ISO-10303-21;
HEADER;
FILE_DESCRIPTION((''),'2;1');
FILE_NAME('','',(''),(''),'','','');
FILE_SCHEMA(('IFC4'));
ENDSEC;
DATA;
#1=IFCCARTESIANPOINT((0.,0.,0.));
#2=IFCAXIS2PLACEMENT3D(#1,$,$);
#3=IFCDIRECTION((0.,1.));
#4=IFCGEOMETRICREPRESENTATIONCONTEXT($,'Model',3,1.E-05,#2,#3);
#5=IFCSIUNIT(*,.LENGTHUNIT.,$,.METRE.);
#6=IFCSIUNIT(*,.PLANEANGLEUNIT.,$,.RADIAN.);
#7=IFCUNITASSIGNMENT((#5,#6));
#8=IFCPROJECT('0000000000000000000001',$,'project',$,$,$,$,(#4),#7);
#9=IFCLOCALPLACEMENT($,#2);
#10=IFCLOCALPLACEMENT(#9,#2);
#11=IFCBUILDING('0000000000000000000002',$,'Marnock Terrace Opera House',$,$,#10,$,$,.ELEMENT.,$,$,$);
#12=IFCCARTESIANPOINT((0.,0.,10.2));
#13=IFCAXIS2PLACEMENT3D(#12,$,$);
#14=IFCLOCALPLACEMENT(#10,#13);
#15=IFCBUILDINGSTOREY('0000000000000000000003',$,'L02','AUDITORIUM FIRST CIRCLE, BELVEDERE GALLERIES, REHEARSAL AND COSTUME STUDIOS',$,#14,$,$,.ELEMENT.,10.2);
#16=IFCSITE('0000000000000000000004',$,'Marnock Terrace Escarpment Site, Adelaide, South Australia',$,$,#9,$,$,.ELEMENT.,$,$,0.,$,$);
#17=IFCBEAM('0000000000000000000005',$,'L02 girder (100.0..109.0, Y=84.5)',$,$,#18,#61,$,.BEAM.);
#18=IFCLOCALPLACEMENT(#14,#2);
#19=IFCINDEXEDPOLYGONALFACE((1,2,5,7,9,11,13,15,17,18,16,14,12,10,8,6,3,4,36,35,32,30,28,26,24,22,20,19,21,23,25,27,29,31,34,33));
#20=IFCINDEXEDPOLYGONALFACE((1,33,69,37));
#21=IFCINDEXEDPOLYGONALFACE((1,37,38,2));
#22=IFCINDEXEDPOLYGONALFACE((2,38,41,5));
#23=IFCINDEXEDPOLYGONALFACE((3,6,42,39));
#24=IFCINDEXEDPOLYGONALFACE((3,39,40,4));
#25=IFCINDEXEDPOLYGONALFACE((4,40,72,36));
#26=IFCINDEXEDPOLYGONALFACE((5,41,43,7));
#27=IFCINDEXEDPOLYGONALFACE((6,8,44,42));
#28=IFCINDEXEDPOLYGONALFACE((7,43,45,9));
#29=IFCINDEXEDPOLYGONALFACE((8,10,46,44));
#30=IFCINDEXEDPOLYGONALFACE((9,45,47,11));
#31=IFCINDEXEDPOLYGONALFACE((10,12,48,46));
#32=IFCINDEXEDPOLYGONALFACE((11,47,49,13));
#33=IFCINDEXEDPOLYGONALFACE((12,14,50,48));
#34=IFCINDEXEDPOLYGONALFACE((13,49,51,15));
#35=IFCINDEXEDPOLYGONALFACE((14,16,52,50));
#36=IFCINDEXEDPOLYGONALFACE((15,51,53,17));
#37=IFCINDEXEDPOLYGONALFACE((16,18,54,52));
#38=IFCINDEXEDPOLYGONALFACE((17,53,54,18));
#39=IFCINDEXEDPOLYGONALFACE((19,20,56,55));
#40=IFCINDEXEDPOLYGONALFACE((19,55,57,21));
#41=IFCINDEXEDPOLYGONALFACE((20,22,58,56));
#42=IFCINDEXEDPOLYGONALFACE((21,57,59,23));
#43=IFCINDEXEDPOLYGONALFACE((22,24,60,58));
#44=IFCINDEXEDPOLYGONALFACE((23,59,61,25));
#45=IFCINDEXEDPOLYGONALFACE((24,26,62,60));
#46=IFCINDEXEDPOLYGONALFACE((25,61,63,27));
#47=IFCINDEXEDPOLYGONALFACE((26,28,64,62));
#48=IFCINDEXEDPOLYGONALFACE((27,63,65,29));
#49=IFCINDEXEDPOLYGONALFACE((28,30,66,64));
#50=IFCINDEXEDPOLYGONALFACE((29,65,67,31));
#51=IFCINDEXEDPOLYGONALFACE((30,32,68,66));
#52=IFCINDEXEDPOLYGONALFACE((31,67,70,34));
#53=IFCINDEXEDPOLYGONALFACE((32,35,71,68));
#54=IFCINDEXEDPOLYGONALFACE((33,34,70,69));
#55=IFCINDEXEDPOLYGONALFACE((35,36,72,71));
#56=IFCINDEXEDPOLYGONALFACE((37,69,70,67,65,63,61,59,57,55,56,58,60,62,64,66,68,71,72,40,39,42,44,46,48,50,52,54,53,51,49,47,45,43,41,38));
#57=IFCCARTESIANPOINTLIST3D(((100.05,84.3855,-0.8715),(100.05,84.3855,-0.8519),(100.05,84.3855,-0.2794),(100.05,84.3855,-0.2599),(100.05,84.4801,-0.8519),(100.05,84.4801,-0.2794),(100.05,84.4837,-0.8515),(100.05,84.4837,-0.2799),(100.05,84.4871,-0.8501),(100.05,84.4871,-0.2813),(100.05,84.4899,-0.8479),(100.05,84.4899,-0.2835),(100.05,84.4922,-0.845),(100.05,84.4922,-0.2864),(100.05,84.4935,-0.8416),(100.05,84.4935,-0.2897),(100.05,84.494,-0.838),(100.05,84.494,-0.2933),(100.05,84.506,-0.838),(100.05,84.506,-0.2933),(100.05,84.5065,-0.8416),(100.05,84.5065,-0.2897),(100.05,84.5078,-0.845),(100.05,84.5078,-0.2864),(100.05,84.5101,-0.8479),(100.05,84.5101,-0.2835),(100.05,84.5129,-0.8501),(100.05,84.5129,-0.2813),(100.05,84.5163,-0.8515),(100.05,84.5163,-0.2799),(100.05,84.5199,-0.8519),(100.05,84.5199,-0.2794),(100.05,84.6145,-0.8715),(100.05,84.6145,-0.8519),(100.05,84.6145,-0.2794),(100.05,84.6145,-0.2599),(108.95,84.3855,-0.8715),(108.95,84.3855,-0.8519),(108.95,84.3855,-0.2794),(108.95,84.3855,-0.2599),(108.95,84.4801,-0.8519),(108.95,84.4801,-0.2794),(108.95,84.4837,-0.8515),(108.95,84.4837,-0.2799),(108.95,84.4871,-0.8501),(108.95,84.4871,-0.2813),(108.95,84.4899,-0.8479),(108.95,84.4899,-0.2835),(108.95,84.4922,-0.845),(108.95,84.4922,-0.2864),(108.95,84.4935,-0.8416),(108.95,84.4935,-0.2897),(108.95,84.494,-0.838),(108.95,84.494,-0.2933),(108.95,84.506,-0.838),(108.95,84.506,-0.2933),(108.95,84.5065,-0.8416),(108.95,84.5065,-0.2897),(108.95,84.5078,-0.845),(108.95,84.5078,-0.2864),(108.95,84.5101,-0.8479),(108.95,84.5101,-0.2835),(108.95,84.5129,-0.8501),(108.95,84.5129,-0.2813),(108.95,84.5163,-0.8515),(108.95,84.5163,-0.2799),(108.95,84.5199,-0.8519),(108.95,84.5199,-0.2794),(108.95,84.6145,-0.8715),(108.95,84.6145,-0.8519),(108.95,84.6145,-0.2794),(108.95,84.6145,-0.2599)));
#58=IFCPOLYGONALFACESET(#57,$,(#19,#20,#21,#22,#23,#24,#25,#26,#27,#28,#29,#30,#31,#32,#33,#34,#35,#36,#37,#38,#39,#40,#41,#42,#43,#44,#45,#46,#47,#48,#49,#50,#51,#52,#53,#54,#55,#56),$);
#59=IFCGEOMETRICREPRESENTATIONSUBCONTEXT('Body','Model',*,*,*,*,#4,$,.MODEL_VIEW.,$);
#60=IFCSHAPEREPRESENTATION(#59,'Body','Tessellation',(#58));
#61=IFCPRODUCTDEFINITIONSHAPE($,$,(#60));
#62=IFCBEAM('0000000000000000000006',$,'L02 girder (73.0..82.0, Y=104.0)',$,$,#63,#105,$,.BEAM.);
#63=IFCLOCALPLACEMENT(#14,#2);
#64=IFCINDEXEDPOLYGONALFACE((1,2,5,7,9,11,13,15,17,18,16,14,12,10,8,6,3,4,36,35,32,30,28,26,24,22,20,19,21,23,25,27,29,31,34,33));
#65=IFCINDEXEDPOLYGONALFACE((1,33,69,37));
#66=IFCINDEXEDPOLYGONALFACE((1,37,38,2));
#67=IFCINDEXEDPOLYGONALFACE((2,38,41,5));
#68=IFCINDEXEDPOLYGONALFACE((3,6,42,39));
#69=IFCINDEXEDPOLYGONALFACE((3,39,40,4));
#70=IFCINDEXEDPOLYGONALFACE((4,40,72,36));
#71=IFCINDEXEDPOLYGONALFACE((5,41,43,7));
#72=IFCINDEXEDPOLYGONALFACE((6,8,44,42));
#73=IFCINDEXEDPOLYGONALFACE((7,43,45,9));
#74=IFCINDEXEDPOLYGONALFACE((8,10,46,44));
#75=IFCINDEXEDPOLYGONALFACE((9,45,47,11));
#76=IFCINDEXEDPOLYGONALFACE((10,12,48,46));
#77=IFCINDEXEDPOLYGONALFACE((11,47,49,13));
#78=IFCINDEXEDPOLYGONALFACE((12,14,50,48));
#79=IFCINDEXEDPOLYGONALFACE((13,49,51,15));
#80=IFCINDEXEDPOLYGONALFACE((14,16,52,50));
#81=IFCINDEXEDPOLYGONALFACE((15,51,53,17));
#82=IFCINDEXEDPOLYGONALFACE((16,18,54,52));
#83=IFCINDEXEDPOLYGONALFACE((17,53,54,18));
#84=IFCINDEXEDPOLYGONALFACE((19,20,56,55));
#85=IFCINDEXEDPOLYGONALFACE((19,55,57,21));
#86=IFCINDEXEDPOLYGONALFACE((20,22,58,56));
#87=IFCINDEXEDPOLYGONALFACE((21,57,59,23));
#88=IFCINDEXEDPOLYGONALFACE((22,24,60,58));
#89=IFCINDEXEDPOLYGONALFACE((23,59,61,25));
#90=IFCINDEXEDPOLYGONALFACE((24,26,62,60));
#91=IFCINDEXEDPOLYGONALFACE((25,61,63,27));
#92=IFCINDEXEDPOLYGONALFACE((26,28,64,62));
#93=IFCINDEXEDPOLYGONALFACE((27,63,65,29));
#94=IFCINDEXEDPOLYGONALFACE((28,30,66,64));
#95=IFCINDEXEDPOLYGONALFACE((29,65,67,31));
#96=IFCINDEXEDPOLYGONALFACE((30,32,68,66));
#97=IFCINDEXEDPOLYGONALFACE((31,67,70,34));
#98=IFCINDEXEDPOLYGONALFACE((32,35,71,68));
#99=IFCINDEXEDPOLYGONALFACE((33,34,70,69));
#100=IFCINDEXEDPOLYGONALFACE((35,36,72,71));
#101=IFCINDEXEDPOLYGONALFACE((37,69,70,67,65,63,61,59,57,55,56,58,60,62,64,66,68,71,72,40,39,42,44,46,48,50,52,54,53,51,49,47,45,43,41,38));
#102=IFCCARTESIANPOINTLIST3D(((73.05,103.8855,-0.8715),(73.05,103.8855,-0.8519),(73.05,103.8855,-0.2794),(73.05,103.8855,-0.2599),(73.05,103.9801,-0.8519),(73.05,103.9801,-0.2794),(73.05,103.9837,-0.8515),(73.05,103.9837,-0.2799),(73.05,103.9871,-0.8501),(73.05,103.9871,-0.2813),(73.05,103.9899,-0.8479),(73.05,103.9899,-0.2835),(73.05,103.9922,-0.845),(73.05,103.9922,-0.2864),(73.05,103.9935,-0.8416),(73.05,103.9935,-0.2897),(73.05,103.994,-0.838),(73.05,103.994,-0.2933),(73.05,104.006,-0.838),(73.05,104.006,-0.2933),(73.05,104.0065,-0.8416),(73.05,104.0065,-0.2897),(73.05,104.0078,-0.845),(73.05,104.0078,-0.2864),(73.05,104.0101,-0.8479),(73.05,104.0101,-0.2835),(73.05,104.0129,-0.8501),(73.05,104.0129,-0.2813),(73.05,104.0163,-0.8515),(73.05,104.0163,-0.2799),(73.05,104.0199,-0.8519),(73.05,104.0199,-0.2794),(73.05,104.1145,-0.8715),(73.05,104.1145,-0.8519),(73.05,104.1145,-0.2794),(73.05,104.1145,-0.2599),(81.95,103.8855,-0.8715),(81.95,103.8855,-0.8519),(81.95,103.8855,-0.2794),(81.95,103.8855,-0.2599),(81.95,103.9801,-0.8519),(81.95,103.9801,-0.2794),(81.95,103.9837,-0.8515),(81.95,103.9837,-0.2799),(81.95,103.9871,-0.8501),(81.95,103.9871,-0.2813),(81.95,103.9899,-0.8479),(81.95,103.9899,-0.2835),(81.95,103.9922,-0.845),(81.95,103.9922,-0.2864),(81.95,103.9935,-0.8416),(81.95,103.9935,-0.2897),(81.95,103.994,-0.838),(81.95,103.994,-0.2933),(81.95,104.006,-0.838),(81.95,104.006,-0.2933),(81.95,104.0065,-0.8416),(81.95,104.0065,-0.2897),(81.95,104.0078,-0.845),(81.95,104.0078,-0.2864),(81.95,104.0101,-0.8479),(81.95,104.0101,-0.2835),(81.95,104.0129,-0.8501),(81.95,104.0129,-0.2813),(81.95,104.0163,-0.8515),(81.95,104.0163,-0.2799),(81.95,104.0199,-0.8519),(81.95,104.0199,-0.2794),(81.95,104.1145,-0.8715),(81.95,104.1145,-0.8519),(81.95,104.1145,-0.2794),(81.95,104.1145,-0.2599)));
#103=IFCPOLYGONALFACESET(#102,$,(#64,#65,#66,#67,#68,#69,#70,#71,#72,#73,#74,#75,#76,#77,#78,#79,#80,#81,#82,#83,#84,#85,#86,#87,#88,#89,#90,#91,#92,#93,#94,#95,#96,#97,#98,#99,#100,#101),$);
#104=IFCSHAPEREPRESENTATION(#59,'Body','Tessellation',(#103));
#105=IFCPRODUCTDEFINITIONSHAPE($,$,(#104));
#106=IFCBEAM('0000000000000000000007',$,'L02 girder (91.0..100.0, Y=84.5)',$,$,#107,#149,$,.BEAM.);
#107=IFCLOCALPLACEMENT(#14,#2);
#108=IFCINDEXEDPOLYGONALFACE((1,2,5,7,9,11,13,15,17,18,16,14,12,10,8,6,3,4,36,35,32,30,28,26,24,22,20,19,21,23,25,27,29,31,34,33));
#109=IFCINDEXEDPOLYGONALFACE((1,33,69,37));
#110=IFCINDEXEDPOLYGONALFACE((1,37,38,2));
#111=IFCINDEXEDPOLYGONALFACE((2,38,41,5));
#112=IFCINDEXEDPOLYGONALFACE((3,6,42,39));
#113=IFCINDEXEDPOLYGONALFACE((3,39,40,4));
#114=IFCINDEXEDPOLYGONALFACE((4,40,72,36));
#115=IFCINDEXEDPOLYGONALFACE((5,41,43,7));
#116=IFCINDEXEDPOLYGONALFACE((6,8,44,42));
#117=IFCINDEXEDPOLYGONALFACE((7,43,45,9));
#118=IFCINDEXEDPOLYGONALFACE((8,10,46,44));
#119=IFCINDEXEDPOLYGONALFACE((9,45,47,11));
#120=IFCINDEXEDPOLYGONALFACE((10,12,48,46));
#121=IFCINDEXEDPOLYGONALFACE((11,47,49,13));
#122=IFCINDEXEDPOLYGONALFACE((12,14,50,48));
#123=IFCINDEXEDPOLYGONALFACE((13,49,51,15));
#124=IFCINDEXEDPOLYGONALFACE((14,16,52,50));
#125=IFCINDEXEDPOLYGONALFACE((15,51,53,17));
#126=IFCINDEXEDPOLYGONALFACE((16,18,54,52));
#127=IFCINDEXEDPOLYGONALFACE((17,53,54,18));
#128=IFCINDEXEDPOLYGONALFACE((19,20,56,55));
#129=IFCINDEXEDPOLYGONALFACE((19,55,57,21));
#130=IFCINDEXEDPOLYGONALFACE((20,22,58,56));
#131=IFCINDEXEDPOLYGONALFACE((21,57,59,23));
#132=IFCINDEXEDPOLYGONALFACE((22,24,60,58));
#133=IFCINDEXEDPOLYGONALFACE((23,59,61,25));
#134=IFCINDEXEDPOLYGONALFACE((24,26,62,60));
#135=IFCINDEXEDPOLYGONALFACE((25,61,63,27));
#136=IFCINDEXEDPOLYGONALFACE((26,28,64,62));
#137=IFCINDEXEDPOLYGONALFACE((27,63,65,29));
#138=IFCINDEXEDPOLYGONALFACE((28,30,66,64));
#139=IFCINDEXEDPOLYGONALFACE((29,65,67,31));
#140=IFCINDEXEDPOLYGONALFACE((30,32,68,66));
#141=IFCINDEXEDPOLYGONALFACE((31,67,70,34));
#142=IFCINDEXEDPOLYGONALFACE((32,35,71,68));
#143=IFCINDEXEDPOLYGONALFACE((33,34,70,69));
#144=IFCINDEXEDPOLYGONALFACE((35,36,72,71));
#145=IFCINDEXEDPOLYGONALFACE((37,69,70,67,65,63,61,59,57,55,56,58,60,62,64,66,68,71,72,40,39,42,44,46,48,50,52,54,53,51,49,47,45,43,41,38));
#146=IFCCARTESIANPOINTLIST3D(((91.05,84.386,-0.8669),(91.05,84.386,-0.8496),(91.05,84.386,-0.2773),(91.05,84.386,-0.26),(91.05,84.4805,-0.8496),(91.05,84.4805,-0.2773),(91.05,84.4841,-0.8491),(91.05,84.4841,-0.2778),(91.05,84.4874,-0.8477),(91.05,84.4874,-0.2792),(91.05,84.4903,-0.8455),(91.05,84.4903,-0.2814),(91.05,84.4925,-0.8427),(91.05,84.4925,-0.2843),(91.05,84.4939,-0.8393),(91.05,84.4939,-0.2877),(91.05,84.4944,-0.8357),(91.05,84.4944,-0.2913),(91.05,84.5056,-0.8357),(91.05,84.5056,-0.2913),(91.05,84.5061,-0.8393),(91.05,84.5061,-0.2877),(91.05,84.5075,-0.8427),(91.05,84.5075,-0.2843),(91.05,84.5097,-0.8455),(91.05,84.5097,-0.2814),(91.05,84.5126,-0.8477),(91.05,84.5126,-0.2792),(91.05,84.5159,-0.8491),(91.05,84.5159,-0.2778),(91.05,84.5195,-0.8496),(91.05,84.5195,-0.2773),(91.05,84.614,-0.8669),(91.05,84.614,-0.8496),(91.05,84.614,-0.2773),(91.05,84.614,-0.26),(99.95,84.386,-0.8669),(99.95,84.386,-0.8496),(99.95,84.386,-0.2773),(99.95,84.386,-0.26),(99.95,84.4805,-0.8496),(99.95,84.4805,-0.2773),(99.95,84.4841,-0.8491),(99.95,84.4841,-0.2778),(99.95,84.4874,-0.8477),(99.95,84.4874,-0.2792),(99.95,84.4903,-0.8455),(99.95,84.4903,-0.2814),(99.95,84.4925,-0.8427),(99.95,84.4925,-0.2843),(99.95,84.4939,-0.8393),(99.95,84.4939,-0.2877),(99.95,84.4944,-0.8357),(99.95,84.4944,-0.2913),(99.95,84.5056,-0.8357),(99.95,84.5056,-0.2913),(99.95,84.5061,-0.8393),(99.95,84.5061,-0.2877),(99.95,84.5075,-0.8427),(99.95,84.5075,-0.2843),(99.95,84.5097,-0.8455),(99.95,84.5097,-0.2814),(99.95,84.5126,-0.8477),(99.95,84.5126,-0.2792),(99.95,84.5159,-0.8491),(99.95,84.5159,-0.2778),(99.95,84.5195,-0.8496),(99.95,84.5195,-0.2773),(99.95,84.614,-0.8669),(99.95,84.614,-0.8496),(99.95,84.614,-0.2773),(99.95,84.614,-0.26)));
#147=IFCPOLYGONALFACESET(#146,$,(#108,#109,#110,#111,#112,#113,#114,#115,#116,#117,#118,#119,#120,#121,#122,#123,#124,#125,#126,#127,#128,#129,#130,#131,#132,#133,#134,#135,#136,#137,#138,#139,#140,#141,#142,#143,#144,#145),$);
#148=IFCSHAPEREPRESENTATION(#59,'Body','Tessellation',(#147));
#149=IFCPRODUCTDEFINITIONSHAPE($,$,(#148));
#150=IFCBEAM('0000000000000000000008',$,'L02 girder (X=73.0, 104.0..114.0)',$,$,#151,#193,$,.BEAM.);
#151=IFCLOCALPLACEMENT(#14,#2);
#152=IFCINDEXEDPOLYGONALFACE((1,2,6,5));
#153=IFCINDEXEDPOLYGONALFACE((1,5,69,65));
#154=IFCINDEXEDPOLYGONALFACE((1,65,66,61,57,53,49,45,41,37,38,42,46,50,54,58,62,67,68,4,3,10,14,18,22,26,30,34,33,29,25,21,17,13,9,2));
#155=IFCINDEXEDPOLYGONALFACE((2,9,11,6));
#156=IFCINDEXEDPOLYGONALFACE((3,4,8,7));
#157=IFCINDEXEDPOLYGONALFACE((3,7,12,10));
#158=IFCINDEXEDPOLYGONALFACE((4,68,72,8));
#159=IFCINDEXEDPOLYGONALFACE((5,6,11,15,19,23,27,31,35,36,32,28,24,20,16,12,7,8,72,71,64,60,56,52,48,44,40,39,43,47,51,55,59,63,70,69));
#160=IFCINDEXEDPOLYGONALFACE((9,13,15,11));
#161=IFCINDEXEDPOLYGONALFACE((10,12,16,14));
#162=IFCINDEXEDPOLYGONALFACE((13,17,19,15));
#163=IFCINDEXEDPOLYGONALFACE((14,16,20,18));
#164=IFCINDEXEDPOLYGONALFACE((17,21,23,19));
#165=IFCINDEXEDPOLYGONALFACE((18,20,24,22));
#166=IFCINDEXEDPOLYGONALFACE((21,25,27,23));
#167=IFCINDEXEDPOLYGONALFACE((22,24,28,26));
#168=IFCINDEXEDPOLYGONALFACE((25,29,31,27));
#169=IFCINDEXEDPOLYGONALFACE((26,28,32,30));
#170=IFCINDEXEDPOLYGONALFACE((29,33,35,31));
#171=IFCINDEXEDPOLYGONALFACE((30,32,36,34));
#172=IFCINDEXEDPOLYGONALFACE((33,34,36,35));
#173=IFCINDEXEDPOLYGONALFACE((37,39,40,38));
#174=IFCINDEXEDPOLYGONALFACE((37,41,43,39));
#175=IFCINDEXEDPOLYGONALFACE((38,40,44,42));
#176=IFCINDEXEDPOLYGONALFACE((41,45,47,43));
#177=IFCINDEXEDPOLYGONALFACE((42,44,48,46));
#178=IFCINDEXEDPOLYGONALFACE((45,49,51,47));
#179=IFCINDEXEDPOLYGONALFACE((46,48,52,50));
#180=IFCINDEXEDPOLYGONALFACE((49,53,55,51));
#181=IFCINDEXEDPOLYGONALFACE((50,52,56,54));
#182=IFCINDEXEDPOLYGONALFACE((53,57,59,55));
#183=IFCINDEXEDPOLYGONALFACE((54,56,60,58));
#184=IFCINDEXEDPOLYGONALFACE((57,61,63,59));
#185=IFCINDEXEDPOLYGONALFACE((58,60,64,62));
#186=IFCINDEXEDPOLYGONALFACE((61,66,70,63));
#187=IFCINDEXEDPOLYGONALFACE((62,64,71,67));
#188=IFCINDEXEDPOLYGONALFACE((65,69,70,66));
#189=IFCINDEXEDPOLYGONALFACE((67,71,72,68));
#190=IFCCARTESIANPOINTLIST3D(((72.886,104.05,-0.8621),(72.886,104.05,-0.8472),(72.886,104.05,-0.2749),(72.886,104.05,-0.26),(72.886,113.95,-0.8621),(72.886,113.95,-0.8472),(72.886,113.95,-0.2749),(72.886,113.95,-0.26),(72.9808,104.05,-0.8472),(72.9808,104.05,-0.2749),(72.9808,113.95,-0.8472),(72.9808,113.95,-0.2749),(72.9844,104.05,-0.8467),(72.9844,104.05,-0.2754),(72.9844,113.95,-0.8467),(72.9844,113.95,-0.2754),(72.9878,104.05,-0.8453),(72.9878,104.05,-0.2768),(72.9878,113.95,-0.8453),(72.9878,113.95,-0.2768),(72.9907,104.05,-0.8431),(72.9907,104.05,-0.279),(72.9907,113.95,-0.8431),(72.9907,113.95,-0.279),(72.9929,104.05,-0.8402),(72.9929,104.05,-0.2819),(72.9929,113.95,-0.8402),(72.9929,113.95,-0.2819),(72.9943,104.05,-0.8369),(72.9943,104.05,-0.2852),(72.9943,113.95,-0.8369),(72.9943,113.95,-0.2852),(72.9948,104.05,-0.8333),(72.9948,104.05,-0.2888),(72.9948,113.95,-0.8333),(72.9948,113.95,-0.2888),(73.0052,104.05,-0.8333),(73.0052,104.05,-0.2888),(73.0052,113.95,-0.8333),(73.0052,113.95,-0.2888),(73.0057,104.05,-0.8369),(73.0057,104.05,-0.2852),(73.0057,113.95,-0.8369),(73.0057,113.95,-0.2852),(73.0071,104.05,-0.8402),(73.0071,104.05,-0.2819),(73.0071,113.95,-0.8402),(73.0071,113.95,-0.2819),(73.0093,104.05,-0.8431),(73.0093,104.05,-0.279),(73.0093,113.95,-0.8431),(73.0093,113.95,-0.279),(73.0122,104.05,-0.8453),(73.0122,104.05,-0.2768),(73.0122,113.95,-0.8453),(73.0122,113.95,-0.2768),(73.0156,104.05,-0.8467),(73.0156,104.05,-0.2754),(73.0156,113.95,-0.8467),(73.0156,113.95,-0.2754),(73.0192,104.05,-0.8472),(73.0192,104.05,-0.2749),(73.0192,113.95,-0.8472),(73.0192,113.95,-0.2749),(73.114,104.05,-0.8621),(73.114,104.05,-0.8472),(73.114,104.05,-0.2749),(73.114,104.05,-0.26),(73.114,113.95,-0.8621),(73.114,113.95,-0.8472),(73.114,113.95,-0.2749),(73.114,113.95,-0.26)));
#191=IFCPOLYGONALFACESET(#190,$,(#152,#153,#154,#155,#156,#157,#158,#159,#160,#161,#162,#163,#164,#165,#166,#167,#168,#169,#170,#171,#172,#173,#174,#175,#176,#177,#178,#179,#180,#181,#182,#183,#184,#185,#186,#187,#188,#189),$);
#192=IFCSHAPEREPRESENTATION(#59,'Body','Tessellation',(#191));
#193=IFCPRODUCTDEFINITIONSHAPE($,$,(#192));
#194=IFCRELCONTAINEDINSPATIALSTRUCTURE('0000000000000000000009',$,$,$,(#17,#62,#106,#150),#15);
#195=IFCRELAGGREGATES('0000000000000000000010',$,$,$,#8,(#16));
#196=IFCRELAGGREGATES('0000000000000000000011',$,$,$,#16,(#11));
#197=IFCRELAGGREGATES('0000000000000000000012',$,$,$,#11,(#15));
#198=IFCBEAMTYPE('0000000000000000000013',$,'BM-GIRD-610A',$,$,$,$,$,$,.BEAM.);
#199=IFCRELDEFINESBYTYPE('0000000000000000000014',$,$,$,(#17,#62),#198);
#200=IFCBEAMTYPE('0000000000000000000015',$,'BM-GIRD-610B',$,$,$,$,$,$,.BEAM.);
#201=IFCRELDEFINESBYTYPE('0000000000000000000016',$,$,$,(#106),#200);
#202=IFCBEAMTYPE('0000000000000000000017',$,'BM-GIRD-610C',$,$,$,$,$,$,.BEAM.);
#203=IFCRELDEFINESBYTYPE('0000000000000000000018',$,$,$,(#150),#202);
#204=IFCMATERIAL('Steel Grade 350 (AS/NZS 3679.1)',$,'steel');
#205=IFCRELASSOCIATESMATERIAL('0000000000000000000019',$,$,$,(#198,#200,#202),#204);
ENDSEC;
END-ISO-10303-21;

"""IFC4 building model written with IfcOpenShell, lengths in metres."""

from ifc_helpers import new_model, si_unit, direction, frame, origin, origin_2d, place, context, subcontext, project, spatial, i_section, extrude, material, material_profile, profile_set, type_object, element, save


model = new_model("IFC4")

# Units and contexts
model_context = context("Model", 3, precision=1e-05, world=origin(), true_north=direction((0.0, 1.0)))
body_context = subcontext(model_context, "Body", "Model", "MODEL_VIEW")
ifc_project = project(units=[si_unit("LENGTHUNIT", "METRE"), si_unit("PLANEANGLEUNIT", "RADIAN")], contexts=[model_context])

# Site, building, storey
site_placement = place(None, origin())
site = spatial("IfcSite", under=ifc_project, at=site_placement, Name="Marnock Terrace Escarpment Site, Adelaide, South Australia", CompositionType="ELEMENT", RefElevation=0.0)
building_placement = place(site_placement, origin())
building = spatial("IfcBuilding", under=site, at=building_placement, Name="Marnock Terrace Opera House", CompositionType="ELEMENT")
storey_placement = place(building_placement, frame((0.0, 0.0, 10.2)))
storey = spatial("IfcBuildingStorey", under=building, at=storey_placement, Name="L02", Description="AUDITORIUM FIRST CIRCLE, BELVEDERE GALLERIES, REHEARSAL AND COSTUME STUDIOS", CompositionType="ELEMENT", Elevation=10.2)

# Beams
ifc_material_1 = material(Name="Steel Grade 350 (AS/NZS 3679.1)", Category="steel")
ifc_material_profile_1 = material_profile(ifc_material_1, i_section(OverallWidth=0.229, OverallDepth=0.6116, WebThickness=0.012, FlangeThickness=0.0195, FilletRadius=0.0139, at=origin_2d()))
ifc_profile_set_1 = profile_set([ifc_material_profile_1], Name="Steel Grade 350 (AS/NZS 3679.1)")
beam_type_1 = type_object("IfcBeamType", Name="BM-GIRD-610A", PredefinedType="BEAM", material=ifc_profile_set_1)
for number, where, z_axis, x_axis, name in (
    (1, (100.05, 84.5, -0.5657), (1.0, 0.0, 0.0), (0.0, 1.0, 0.0), "L02 girder (100.0..109.0, Y=84.5)"),
    (2, (73.05, 104.0, -0.5657), (1.0, 0.0, 0.0), (0.0, 1.0, 0.0), "L02 girder (73.0..82.0, Y=104.0)"),
):
    element("IfcBeam", number, at=place(storey_placement, frame(where, z_axis=z_axis, x_axis=x_axis)), inside=storey, type_object=beam_type_1, Name=name, PredefinedType="BEAM", context=body_context, shape_type="SweptSolid", body=[
        extrude(i_section(OverallWidth=0.229, OverallDepth=0.6116, WebThickness=0.012, FlangeThickness=0.0195, FilletRadius=0.0139, at=origin_2d()), origin(), (0.0, 0.0, 1.0), 8.8999),
    ])
ifc_material_profile_2 = material_profile(ifc_material_1, i_section(OverallWidth=0.228, OverallDepth=0.6069, WebThickness=0.0112, FlangeThickness=0.0173, FilletRadius=0.0139, at=origin_2d()))
ifc_profile_set_2 = profile_set([ifc_material_profile_2], Name="Steel Grade 350 (AS/NZS 3679.1)")
beam_type_2 = type_object("IfcBeamType", Name="BM-GIRD-610B", PredefinedType="BEAM", material=ifc_profile_set_2)
beam_1_placement = place(storey_placement, frame((91.05, 84.5, -0.5635), z_axis=(1.0, 0.0, 0.0), x_axis=(0.0, 1.0, 0.0)))
element("IfcBeam", 3, at=beam_1_placement, inside=storey, type_object=beam_type_2, Name="L02 girder (91.0..100.0, Y=84.5)", PredefinedType="BEAM", context=body_context, shape_type="SweptSolid", body=[
    extrude(i_section(OverallWidth=0.228, OverallDepth=0.6069, WebThickness=0.0112, FlangeThickness=0.0173, FilletRadius=0.0139, at=origin_2d()), origin(), (0.0, 0.0, 1.0), 8.8999),
])
ifc_material_profile_3 = material_profile(ifc_material_1, i_section(OverallWidth=0.228, OverallDepth=0.6021, WebThickness=0.0105, FlangeThickness=0.0149, FilletRadius=0.0139, at=origin_2d()))
ifc_profile_set_3 = profile_set([ifc_material_profile_3], Name="Steel Grade 350 (AS/NZS 3679.1)")
beam_type_3 = type_object("IfcBeamType", Name="BM-GIRD-610C", PredefinedType="BEAM", material=ifc_profile_set_3)
beam_2_placement = place(storey_placement, frame((73.0, 104.05, -0.561), z_axis=(0.0, 1.0, 0.0), x_axis=(-1.0, 0.0, 0.0)))
element("IfcBeam", 4, at=beam_2_placement, inside=storey, type_object=beam_type_3, Name="L02 girder (X=73.0, 104.0..114.0)", PredefinedType="BEAM", context=body_context, shape_type="SweptSolid", body=[
    extrude(i_section(OverallWidth=0.228, OverallDepth=0.6021, WebThickness=0.0105, FlangeThickness=0.0149, FilletRadius=0.0139, at=origin_2d()), origin(), (0.0, 0.0, 1.0), 9.8999),
])

save(model, "model.ifc")
